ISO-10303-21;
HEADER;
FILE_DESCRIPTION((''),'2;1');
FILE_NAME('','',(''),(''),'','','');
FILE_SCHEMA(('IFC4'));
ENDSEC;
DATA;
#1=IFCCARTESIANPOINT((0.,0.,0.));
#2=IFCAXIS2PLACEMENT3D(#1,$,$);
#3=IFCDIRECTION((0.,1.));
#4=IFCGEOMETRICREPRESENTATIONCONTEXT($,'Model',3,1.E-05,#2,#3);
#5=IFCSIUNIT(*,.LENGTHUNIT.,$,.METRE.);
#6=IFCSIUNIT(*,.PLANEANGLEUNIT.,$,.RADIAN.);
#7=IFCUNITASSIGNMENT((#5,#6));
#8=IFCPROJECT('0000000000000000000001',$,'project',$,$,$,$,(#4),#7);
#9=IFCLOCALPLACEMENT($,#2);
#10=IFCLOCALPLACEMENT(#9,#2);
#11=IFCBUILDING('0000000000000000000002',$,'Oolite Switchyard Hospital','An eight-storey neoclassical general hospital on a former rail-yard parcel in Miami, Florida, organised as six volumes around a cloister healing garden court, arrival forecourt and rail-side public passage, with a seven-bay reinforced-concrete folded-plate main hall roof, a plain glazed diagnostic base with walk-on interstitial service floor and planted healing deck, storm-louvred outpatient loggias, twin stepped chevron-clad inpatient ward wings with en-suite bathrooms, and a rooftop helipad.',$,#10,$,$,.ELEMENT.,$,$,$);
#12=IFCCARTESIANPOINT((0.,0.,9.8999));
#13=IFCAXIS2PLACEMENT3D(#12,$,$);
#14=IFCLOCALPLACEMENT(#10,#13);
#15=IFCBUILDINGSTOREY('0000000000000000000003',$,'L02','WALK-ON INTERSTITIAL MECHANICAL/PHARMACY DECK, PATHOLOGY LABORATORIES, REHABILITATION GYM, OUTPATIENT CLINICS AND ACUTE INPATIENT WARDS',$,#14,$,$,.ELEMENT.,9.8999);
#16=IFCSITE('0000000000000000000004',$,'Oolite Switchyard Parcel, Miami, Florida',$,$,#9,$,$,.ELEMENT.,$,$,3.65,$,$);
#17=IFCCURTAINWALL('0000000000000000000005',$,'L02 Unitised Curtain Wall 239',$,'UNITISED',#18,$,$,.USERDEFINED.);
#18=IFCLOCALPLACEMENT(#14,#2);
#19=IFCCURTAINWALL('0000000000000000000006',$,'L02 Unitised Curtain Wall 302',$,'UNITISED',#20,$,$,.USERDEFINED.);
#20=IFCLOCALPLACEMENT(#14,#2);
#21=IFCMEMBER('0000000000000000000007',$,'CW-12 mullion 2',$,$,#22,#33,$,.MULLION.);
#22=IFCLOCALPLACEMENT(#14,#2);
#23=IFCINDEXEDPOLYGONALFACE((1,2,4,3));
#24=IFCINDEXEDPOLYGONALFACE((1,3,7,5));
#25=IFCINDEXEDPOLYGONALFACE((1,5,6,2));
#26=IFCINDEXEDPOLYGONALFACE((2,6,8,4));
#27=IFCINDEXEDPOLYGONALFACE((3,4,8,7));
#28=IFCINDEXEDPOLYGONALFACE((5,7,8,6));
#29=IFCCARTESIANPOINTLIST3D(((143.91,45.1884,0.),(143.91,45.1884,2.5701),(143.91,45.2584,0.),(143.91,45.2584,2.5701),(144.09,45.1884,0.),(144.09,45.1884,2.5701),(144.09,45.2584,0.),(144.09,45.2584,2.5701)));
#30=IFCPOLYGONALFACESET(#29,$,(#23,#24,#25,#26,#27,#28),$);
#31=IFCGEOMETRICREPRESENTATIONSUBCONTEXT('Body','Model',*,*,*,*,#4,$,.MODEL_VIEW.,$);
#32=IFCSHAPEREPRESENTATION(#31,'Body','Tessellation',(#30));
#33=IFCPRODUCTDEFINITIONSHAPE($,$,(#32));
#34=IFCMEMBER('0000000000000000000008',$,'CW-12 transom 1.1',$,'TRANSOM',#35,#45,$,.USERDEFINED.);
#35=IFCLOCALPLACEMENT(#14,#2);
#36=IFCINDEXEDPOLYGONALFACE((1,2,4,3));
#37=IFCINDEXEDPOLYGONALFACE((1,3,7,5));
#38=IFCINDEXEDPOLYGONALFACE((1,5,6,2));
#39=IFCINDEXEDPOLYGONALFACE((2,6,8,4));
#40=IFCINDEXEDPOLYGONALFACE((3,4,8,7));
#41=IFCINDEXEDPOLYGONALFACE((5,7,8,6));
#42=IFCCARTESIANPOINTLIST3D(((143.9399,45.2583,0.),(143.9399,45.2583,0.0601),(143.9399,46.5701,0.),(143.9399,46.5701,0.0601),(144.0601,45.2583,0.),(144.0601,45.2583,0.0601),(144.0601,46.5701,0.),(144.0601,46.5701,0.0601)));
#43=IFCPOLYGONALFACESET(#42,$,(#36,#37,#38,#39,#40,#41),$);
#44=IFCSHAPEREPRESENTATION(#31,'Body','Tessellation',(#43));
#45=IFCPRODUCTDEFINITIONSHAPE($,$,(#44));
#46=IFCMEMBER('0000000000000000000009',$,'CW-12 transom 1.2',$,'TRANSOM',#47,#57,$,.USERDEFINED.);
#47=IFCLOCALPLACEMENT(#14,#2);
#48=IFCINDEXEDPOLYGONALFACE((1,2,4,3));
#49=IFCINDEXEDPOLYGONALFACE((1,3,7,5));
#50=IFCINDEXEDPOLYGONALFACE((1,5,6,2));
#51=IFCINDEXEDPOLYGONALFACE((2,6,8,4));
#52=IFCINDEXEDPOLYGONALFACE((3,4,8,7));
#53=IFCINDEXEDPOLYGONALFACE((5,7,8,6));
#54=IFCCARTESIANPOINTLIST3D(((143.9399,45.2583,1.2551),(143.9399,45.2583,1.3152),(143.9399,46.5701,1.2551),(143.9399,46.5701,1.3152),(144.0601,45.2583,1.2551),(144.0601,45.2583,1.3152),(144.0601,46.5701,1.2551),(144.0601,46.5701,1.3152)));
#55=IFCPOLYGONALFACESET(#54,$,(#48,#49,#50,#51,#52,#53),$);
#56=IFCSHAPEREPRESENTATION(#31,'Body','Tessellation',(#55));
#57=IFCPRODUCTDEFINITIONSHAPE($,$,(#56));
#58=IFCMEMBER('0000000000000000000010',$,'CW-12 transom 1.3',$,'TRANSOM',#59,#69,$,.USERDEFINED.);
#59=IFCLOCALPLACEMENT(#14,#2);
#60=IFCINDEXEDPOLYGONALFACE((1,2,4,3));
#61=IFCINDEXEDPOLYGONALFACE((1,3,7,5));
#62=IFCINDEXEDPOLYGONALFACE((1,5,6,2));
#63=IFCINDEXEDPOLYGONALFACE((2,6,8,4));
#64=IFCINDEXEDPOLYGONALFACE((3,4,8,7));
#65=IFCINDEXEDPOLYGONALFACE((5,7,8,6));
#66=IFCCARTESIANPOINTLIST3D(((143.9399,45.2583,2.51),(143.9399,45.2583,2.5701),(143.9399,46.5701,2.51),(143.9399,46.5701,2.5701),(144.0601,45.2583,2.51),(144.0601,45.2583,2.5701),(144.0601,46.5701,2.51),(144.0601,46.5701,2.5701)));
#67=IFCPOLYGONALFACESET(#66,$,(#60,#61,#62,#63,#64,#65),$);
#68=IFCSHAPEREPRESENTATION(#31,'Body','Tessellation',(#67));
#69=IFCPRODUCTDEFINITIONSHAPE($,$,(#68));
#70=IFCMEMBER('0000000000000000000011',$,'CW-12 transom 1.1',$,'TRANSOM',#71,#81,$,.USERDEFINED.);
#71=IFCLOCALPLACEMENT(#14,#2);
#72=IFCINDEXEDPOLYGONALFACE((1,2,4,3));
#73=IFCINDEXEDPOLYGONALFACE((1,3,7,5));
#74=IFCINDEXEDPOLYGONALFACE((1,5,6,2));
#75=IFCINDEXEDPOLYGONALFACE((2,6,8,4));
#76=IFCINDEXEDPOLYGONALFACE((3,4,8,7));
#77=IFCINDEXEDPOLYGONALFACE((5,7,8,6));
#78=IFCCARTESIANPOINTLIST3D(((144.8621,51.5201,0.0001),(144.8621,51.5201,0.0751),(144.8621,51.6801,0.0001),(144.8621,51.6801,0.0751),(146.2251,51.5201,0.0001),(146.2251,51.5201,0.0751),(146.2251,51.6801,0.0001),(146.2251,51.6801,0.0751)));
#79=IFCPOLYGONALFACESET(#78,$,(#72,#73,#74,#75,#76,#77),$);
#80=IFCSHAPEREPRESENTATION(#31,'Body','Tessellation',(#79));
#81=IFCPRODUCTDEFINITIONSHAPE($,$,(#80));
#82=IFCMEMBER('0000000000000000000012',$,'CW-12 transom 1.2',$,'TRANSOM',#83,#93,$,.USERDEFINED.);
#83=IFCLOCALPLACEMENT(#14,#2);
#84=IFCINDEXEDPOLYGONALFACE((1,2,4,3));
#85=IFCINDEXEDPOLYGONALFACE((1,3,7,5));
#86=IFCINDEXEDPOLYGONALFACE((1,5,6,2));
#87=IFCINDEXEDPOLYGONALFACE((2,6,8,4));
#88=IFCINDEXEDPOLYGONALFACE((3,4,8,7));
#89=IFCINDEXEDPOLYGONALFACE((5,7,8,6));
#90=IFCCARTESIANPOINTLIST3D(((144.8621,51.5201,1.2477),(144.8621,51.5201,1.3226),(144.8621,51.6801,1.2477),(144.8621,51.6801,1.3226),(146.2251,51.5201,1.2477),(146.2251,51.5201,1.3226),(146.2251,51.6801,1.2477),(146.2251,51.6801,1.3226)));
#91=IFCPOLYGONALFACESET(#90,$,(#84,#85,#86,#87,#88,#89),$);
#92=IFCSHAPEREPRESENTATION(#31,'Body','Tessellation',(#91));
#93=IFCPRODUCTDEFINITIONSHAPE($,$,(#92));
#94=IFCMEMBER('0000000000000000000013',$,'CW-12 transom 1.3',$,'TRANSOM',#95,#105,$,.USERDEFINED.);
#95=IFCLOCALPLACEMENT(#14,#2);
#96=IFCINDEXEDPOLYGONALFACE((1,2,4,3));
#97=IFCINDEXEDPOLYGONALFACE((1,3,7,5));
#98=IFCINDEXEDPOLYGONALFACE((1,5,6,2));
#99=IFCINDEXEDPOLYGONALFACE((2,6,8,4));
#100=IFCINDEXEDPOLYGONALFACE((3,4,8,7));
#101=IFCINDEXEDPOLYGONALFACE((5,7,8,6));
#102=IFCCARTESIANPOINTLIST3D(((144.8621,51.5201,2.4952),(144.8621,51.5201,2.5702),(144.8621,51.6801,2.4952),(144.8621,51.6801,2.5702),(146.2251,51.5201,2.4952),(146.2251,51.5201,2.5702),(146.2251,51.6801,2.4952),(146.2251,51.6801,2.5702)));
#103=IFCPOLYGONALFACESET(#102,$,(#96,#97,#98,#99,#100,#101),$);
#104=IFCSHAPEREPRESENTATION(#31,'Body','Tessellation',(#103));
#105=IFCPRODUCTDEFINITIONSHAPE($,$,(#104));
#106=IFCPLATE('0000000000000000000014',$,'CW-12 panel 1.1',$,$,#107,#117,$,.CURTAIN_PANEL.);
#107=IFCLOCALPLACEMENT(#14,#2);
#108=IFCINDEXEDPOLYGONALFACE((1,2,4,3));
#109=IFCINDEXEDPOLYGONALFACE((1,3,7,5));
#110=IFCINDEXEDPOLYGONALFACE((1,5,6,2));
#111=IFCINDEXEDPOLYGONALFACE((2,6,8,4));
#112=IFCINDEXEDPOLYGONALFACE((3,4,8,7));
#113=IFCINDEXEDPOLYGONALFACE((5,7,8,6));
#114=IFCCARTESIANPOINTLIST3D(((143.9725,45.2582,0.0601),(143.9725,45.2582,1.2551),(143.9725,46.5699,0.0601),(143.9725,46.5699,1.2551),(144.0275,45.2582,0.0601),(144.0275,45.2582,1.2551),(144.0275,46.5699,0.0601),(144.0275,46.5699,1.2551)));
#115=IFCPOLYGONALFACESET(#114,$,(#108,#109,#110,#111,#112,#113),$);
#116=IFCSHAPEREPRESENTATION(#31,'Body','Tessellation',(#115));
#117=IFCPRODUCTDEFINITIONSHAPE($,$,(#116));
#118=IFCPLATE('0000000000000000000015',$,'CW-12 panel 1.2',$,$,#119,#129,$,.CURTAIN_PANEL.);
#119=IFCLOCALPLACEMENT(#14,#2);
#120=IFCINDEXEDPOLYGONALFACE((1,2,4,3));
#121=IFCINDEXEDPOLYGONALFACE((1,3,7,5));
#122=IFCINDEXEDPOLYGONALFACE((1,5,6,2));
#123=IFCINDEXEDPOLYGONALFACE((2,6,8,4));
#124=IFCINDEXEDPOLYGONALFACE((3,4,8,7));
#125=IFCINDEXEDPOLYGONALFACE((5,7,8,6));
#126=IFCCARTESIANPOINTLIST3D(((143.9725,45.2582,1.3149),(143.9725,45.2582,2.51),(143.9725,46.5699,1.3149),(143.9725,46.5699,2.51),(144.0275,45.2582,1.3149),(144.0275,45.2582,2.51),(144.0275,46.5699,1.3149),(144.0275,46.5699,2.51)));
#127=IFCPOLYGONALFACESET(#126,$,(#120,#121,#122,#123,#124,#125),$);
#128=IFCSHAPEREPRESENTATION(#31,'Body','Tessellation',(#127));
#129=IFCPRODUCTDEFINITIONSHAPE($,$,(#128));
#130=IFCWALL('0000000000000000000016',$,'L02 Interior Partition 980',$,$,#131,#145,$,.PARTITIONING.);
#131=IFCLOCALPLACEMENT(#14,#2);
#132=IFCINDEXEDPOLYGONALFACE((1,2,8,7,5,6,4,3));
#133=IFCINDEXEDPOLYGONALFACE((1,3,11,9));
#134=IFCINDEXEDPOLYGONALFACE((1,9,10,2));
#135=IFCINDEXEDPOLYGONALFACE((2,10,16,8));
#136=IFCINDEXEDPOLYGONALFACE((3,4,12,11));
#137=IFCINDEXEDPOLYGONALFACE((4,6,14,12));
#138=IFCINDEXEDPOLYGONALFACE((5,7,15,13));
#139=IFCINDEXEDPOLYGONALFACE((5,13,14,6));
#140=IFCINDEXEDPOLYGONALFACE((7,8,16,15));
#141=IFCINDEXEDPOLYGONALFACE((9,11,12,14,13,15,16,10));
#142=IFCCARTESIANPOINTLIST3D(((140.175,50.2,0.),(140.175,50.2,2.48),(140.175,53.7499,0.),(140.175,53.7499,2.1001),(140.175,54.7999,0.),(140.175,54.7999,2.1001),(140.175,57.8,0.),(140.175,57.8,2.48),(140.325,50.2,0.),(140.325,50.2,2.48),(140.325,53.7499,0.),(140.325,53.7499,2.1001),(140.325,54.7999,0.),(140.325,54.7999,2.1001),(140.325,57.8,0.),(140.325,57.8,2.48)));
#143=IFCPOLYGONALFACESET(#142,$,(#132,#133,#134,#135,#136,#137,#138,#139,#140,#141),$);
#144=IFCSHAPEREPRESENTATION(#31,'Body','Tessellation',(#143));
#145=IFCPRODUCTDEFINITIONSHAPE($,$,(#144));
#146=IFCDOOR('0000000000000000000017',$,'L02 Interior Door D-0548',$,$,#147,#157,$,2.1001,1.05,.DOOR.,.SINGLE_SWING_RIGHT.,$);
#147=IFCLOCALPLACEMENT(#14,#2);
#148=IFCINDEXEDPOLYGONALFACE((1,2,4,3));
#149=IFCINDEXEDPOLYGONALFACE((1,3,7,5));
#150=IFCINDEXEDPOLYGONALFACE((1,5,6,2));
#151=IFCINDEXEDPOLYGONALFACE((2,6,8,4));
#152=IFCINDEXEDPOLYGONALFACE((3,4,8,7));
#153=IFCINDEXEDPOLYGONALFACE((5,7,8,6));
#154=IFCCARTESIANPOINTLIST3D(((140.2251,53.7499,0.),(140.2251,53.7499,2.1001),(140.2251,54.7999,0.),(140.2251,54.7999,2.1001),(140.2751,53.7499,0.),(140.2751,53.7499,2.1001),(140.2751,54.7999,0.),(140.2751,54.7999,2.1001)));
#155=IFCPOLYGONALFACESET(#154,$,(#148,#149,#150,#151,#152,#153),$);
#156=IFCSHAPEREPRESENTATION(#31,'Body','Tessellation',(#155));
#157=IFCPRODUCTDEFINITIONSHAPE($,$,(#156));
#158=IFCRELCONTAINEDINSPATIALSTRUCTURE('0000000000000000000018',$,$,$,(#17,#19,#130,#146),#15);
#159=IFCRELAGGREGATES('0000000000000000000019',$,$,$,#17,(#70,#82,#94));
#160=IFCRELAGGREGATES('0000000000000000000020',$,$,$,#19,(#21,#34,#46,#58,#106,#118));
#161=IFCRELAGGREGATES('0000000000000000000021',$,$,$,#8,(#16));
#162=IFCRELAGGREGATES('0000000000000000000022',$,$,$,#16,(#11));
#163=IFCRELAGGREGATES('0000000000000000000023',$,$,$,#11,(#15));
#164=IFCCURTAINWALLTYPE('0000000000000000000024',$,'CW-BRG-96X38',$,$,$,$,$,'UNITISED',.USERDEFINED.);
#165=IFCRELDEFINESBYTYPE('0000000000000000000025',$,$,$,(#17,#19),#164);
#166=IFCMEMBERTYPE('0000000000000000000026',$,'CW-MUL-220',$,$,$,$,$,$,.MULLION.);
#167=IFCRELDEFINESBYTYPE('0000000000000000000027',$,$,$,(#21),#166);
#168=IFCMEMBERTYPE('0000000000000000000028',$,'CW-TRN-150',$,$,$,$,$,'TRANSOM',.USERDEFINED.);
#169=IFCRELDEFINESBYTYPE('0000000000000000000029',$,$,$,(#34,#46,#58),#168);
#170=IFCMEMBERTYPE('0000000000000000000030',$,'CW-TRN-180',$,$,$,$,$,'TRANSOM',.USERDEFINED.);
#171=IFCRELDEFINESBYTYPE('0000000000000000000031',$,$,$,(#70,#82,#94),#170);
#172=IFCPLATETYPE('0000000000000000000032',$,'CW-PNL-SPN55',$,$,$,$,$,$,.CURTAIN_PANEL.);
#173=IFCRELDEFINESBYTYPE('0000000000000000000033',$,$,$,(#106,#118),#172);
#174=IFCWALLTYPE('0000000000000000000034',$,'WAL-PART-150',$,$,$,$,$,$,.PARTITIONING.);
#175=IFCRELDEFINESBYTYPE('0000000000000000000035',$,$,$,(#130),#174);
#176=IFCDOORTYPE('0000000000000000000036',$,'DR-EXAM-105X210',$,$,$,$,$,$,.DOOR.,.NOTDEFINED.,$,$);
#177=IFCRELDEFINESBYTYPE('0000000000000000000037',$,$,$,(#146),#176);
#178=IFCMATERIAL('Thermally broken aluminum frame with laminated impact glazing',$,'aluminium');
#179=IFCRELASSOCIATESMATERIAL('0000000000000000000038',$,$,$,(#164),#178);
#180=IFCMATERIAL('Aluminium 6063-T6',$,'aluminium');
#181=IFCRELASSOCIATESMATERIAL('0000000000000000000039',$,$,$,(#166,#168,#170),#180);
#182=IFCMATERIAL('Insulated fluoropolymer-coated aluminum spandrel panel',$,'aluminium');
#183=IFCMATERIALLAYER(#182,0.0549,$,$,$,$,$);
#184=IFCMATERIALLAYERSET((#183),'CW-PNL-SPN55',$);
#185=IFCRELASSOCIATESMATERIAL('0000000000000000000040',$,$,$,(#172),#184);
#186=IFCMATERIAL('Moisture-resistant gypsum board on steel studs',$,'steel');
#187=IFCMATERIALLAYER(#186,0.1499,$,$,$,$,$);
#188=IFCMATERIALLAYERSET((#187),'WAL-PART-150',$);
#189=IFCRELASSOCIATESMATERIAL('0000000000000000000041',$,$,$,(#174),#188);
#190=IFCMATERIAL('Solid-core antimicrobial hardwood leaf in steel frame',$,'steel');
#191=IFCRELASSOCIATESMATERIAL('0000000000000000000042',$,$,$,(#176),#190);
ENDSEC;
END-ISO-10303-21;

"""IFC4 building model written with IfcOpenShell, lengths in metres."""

from ifc_helpers import new_model, si_unit, direction, frame, frame_2d, origin, origin_2d, place, context, subcontext, project, spatial, rectangle, extrude, material, layer, layer_set, material_profile, profile_set, type_object, element, fill, aggregate, save


model = new_model("IFC4")

# Units and contexts
model_context = context("Model", 3, precision=1e-05, world=origin(), true_north=direction((0.0, 1.0)))
body_context = subcontext(model_context, "Body", "Model", "MODEL_VIEW")
ifc_project = project(units=[si_unit("LENGTHUNIT", "METRE"), si_unit("PLANEANGLEUNIT", "RADIAN")], contexts=[model_context])

# Site, building, storey
site_placement = place(None, origin())
site = spatial("IfcSite", under=ifc_project, at=site_placement, Name="Oolite Switchyard Parcel, Miami, Florida", CompositionType="ELEMENT", RefElevation=3.65)
building_placement = place(site_placement, origin())
building = spatial("IfcBuilding", under=site, at=building_placement, Name="Oolite Switchyard Hospital", Description="An eight-storey neoclassical general hospital on a former rail-yard parcel in Miami, Florida, organised as six volumes around a cloister healing garden court, arrival forecourt and rail-side public passage, with a seven-bay reinforced-concrete folded-plate main hall roof, a plain glazed diagnostic base with walk-on interstitial service floor and planted healing deck, storm-louvred outpatient loggias, twin stepped chevron-clad inpatient ward wings with en-suite bathrooms, and a rooftop helipad.", CompositionType="ELEMENT")
storey_placement = place(building_placement, frame((0.0, 0.0, 9.8999)))
storey = spatial("IfcBuildingStorey", under=building, at=storey_placement, Name="L02", Description="WALK-ON INTERSTITIAL MECHANICAL/PHARMACY DECK, PATHOLOGY LABORATORIES, REHABILITATION GYM, OUTPATIENT CLINICS AND ACUTE INPATIENT WARDS", CompositionType="ELEMENT", Elevation=9.8999)

# Curtain wall
ifc_material_1 = material(Name="Thermally broken aluminum frame with laminated impact glazing", Category="aluminium")
curtain_wall_type = type_object("IfcCurtainWallType", Name="CW-BRG-96X38", ElementType="UNITISED", PredefinedType="USERDEFINED", material=ifc_material_1)
ifc_material_2 = material(Name="Aluminium 6063-T6", Category="aluminium")
ifc_material_profile_1 = material_profile(ifc_material_2, rectangle(XDim=0.1799, YDim=0.0701, at=origin_2d()), Name="CWM70X180")
ifc_profile_set_1 = profile_set([ifc_material_profile_1], Name="Aluminium 6063-T6")
member_type_1 = type_object("IfcMemberType", Name="CW-MUL-220", PredefinedType="MULLION", material=ifc_profile_set_1)
curtain_wall_1_placement = place(storey_placement, origin())
curtain_wall_1 = element("IfcCurtainWall", 1, at=curtain_wall_1_placement, inside=storey, type_object=curtain_wall_type, Name="L02 Unitised Curtain Wall 239", ObjectType="UNITISED", PredefinedType="USERDEFINED")

# Curtain wall, members
curtain_wall_2_placement = place(storey_placement, origin())
curtain_wall_2 = element("IfcCurtainWall", 2, at=curtain_wall_2_placement, inside=storey, type_object=curtain_wall_type, Name="L02 Unitised Curtain Wall 302", ObjectType="UNITISED", PredefinedType="USERDEFINED")
member_1_placement = place(storey_placement, frame((144.0, 45.2234, 0.0), z_axis=(0.0, 0.0, 1.0), x_axis=(1.0, 0.0, 0.0)))
member_1 = element("IfcMember", 3, at=member_1_placement, type_object=member_type_1, Name="CW-12 mullion 2", PredefinedType="MULLION", context=body_context, shape_type="SweptSolid", body=[
    extrude(rectangle(XDim=0.1799, YDim=0.0701, at=origin_2d()), origin(), (0.0, 0.0, 1.0), 2.5701),
])
ifc_material_profile_2 = material_profile(ifc_material_2, rectangle(XDim=0.1201, YDim=0.0601, at=origin_2d()), Name="CWT60X120")
ifc_profile_set_2 = profile_set([ifc_material_profile_2], Name="Aluminium 6063-T6")
member_type_2 = type_object("IfcMemberType", Name="CW-TRN-150", ElementType="TRANSOM", PredefinedType="USERDEFINED", material=ifc_profile_set_2)
member_2_placement = place(storey_placement, frame((144.0, 46.5701, 0.03), z_axis=(0.0, -1.0, 0.0), x_axis=(1.0, 0.0, 0.0)))
member_2 = element("IfcMember", 4, at=member_2_placement, type_object=member_type_2, Name="CW-12 transom 1.1", ObjectType="TRANSOM", PredefinedType="USERDEFINED", context=body_context, shape_type="SweptSolid", body=[
    extrude(rectangle(XDim=0.1201, YDim=0.0601, at=origin_2d()), origin(), (0.0, 0.0, 1.0), 1.3118),
])
member_3_placement = place(storey_placement, frame((144.0, 46.5701, 1.2852), z_axis=(0.0, -1.0, 0.0), x_axis=(1.0, 0.0, 0.0)))
member_3 = element("IfcMember", 5, at=member_3_placement, type_object=member_type_2, Name="CW-12 transom 1.2", ObjectType="TRANSOM", PredefinedType="USERDEFINED", context=body_context, shape_type="SweptSolid", body=[
    extrude(rectangle(XDim=0.1201, YDim=0.0601, at=origin_2d()), origin(), (0.0, 0.0, 1.0), 1.3118),
])
member_4_placement = place(storey_placement, frame((144.0, 46.5701, 2.54), z_axis=(0.0, -1.0, 0.0), x_axis=(1.0, 0.0, 0.0)))
member_4 = element("IfcMember", 6, at=member_4_placement, type_object=member_type_2, Name="CW-12 transom 1.3", ObjectType="TRANSOM", PredefinedType="USERDEFINED", context=body_context, shape_type="SweptSolid", body=[
    extrude(rectangle(XDim=0.1201, YDim=0.0601, at=origin_2d()), origin(), (0.0, 0.0, 1.0), 1.3118),
])

# Members
ifc_material_profile_3 = material_profile(ifc_material_2, rectangle(XDim=0.1599, YDim=0.075, at=origin_2d()), Name="CWT75X160")
ifc_profile_set_3 = profile_set([ifc_material_profile_3], Name="Aluminium 6063-T6")
member_type_3 = type_object("IfcMemberType", Name="CW-TRN-180", ElementType="TRANSOM", PredefinedType="USERDEFINED", material=ifc_profile_set_3)
member_5_placement = place(storey_placement, frame((144.8621, 51.6001, 0.0376), z_axis=(1.0, 0.0, 0.0), x_axis=(0.0, 1.0, 0.0)))
member_5 = element("IfcMember", 7, at=member_5_placement, type_object=member_type_3, Name="CW-12 transom 1.1", ObjectType="TRANSOM", PredefinedType="USERDEFINED", context=body_context, shape_type="SweptSolid", body=[
    extrude(rectangle(XDim=0.1599, YDim=0.075, at=origin_2d()), origin(), (0.0, 0.0, 1.0), 1.363),
])
member_6_placement = place(storey_placement, frame((144.8621, 51.6001, 1.2852), z_axis=(1.0, 0.0, 0.0), x_axis=(0.0, 1.0, 0.0)))
member_6 = element("IfcMember", 8, at=member_6_placement, type_object=member_type_3, Name="CW-12 transom 1.2", ObjectType="TRANSOM", PredefinedType="USERDEFINED", context=body_context, shape_type="SweptSolid", body=[
    extrude(rectangle(XDim=0.1599, YDim=0.075, at=origin_2d()), origin(), (0.0, 0.0, 1.0), 1.363),
])
member_7_placement = place(storey_placement, frame((144.8621, 51.6001, 2.5327), z_axis=(1.0, 0.0, 0.0), x_axis=(0.0, 1.0, 0.0)))
member_7 = element("IfcMember", 9, at=member_7_placement, type_object=member_type_3, Name="CW-12 transom 1.3", ObjectType="TRANSOM", PredefinedType="USERDEFINED", context=body_context, shape_type="SweptSolid", body=[
    extrude(rectangle(XDim=0.1599, YDim=0.075, at=origin_2d()), origin(), (0.0, 0.0, 1.0), 1.363),
])
aggregate(curtain_wall_1, [member_5, member_6, member_7])

# Plates
ifc_material_3 = material(Name="Insulated fluoropolymer-coated aluminum spandrel panel", Category="aluminium")
ifc_layer_1 = layer(ifc_material_3, 0.0549)
ifc_layer_set_1 = layer_set([ifc_layer_1], Name="CW-PNL-SPN55")
plate_type = type_object("IfcPlateType", Name="CW-PNL-SPN55", PredefinedType="CURTAIN_PANEL", material=ifc_layer_set_1)
plate_1_placement = place(storey_placement, frame((144.0, 45.9141, 0.0601), z_axis=(0.0, 0.0, 1.0), x_axis=(0.0, -1.0, 0.0)))
plate_1 = element("IfcPlate", 10, at=plate_1_placement, type_object=plate_type, Name="CW-12 panel 1.1", PredefinedType="CURTAIN_PANEL", context=body_context, shape_type="SweptSolid", body=[
    extrude(rectangle(XDim=1.3118, YDim=0.0549, at=origin_2d()), origin(), (0.0, 0.0, 1.0), 1.1951),
])
plate_2_placement = place(storey_placement, frame((144.0, 45.9141, 1.3149), z_axis=(0.0, 0.0, 1.0), x_axis=(0.0, -1.0, 0.0)))
plate_2 = element("IfcPlate", 11, at=plate_2_placement, type_object=plate_type, Name="CW-12 panel 1.2", PredefinedType="CURTAIN_PANEL", context=body_context, shape_type="SweptSolid", body=[
    extrude(rectangle(XDim=1.3118, YDim=0.0549, at=origin_2d()), origin(), (0.0, 0.0, 1.0), 1.1951),
])
aggregate(curtain_wall_2, [member_1, member_2, member_3, member_4, plate_1, plate_2])

# Wall, opening, door
ifc_material_4 = material(Name="Moisture-resistant gypsum board on steel studs", Category="steel")
ifc_layer_2 = layer(ifc_material_4, 0.1499)
ifc_layer_set_2 = layer_set([ifc_layer_2], Name="WAL-PART-150")
wall_type = type_object("IfcWallType", Name="WAL-PART-150", PredefinedType="PARTITIONING", material=ifc_layer_set_2)
wall_placement = place(storey_placement, frame((140.25, 50.2, 0.0), z_axis=(0.0, 0.0, 1.0), x_axis=(0.0, 1.0, 0.0)))
wall = element("IfcWall", 12, at=wall_placement, inside=storey, type_object=wall_type, Name="L02 Interior Partition 980", PredefinedType="PARTITIONING", context=body_context, shape_type="SweptSolid", body=[
    extrude(rectangle(XDim=7.6001, YDim=0.1499, at=frame_2d((3.8, 0.0))), origin(), (0.0, 0.0, 1.0), 2.48),
])
opening_placement = place(wall_placement, frame((3.55, 0.0, 0.0)))
opening = element("IfcOpeningElement", 13, at=opening_placement, cuts=wall, PredefinedType="OPENING", context=body_context, shape_type="SweptSolid", body=[
    extrude(rectangle(XDim=1.05, YDim=2.1001, at=frame_2d((0.5249, 1.05))), frame((0.0, 0.085, 0.0), z_axis=(0.0, -1.0, 0.0), x_axis=(1.0, 0.0, 0.0)), (0.0, 0.0, 1.0), 0.1699),
])
ifc_material_5 = material(Name="Solid-core antimicrobial hardwood leaf in steel frame", Category="steel")
door_type = type_object("IfcDoorType", Name="DR-EXAM-105X210", OperationType="NOTDEFINED", PredefinedType="DOOR", material=ifc_material_5)
door_placement = place(opening_placement, origin())
door = element("IfcDoor", 14, at=door_placement, inside=storey, type_object=door_type, Name="L02 Interior Door D-0548", OperationType="SINGLE_SWING_RIGHT", OverallHeight=2.1001, OverallWidth=1.05, PredefinedType="DOOR", context=body_context, shape_type="SweptSolid", body=[
    extrude(rectangle(XDim=1.05, YDim=2.1001, at=frame_2d((0.5249, 1.05))), frame((0.0, 0.0249, 0.0), z_axis=(0.0, -1.0, 0.0), x_axis=(1.0, 0.0, 0.0)), (0.0, 0.0, 1.0), 0.05),
])
fill(opening, door)

save(model, "model.ifc")
